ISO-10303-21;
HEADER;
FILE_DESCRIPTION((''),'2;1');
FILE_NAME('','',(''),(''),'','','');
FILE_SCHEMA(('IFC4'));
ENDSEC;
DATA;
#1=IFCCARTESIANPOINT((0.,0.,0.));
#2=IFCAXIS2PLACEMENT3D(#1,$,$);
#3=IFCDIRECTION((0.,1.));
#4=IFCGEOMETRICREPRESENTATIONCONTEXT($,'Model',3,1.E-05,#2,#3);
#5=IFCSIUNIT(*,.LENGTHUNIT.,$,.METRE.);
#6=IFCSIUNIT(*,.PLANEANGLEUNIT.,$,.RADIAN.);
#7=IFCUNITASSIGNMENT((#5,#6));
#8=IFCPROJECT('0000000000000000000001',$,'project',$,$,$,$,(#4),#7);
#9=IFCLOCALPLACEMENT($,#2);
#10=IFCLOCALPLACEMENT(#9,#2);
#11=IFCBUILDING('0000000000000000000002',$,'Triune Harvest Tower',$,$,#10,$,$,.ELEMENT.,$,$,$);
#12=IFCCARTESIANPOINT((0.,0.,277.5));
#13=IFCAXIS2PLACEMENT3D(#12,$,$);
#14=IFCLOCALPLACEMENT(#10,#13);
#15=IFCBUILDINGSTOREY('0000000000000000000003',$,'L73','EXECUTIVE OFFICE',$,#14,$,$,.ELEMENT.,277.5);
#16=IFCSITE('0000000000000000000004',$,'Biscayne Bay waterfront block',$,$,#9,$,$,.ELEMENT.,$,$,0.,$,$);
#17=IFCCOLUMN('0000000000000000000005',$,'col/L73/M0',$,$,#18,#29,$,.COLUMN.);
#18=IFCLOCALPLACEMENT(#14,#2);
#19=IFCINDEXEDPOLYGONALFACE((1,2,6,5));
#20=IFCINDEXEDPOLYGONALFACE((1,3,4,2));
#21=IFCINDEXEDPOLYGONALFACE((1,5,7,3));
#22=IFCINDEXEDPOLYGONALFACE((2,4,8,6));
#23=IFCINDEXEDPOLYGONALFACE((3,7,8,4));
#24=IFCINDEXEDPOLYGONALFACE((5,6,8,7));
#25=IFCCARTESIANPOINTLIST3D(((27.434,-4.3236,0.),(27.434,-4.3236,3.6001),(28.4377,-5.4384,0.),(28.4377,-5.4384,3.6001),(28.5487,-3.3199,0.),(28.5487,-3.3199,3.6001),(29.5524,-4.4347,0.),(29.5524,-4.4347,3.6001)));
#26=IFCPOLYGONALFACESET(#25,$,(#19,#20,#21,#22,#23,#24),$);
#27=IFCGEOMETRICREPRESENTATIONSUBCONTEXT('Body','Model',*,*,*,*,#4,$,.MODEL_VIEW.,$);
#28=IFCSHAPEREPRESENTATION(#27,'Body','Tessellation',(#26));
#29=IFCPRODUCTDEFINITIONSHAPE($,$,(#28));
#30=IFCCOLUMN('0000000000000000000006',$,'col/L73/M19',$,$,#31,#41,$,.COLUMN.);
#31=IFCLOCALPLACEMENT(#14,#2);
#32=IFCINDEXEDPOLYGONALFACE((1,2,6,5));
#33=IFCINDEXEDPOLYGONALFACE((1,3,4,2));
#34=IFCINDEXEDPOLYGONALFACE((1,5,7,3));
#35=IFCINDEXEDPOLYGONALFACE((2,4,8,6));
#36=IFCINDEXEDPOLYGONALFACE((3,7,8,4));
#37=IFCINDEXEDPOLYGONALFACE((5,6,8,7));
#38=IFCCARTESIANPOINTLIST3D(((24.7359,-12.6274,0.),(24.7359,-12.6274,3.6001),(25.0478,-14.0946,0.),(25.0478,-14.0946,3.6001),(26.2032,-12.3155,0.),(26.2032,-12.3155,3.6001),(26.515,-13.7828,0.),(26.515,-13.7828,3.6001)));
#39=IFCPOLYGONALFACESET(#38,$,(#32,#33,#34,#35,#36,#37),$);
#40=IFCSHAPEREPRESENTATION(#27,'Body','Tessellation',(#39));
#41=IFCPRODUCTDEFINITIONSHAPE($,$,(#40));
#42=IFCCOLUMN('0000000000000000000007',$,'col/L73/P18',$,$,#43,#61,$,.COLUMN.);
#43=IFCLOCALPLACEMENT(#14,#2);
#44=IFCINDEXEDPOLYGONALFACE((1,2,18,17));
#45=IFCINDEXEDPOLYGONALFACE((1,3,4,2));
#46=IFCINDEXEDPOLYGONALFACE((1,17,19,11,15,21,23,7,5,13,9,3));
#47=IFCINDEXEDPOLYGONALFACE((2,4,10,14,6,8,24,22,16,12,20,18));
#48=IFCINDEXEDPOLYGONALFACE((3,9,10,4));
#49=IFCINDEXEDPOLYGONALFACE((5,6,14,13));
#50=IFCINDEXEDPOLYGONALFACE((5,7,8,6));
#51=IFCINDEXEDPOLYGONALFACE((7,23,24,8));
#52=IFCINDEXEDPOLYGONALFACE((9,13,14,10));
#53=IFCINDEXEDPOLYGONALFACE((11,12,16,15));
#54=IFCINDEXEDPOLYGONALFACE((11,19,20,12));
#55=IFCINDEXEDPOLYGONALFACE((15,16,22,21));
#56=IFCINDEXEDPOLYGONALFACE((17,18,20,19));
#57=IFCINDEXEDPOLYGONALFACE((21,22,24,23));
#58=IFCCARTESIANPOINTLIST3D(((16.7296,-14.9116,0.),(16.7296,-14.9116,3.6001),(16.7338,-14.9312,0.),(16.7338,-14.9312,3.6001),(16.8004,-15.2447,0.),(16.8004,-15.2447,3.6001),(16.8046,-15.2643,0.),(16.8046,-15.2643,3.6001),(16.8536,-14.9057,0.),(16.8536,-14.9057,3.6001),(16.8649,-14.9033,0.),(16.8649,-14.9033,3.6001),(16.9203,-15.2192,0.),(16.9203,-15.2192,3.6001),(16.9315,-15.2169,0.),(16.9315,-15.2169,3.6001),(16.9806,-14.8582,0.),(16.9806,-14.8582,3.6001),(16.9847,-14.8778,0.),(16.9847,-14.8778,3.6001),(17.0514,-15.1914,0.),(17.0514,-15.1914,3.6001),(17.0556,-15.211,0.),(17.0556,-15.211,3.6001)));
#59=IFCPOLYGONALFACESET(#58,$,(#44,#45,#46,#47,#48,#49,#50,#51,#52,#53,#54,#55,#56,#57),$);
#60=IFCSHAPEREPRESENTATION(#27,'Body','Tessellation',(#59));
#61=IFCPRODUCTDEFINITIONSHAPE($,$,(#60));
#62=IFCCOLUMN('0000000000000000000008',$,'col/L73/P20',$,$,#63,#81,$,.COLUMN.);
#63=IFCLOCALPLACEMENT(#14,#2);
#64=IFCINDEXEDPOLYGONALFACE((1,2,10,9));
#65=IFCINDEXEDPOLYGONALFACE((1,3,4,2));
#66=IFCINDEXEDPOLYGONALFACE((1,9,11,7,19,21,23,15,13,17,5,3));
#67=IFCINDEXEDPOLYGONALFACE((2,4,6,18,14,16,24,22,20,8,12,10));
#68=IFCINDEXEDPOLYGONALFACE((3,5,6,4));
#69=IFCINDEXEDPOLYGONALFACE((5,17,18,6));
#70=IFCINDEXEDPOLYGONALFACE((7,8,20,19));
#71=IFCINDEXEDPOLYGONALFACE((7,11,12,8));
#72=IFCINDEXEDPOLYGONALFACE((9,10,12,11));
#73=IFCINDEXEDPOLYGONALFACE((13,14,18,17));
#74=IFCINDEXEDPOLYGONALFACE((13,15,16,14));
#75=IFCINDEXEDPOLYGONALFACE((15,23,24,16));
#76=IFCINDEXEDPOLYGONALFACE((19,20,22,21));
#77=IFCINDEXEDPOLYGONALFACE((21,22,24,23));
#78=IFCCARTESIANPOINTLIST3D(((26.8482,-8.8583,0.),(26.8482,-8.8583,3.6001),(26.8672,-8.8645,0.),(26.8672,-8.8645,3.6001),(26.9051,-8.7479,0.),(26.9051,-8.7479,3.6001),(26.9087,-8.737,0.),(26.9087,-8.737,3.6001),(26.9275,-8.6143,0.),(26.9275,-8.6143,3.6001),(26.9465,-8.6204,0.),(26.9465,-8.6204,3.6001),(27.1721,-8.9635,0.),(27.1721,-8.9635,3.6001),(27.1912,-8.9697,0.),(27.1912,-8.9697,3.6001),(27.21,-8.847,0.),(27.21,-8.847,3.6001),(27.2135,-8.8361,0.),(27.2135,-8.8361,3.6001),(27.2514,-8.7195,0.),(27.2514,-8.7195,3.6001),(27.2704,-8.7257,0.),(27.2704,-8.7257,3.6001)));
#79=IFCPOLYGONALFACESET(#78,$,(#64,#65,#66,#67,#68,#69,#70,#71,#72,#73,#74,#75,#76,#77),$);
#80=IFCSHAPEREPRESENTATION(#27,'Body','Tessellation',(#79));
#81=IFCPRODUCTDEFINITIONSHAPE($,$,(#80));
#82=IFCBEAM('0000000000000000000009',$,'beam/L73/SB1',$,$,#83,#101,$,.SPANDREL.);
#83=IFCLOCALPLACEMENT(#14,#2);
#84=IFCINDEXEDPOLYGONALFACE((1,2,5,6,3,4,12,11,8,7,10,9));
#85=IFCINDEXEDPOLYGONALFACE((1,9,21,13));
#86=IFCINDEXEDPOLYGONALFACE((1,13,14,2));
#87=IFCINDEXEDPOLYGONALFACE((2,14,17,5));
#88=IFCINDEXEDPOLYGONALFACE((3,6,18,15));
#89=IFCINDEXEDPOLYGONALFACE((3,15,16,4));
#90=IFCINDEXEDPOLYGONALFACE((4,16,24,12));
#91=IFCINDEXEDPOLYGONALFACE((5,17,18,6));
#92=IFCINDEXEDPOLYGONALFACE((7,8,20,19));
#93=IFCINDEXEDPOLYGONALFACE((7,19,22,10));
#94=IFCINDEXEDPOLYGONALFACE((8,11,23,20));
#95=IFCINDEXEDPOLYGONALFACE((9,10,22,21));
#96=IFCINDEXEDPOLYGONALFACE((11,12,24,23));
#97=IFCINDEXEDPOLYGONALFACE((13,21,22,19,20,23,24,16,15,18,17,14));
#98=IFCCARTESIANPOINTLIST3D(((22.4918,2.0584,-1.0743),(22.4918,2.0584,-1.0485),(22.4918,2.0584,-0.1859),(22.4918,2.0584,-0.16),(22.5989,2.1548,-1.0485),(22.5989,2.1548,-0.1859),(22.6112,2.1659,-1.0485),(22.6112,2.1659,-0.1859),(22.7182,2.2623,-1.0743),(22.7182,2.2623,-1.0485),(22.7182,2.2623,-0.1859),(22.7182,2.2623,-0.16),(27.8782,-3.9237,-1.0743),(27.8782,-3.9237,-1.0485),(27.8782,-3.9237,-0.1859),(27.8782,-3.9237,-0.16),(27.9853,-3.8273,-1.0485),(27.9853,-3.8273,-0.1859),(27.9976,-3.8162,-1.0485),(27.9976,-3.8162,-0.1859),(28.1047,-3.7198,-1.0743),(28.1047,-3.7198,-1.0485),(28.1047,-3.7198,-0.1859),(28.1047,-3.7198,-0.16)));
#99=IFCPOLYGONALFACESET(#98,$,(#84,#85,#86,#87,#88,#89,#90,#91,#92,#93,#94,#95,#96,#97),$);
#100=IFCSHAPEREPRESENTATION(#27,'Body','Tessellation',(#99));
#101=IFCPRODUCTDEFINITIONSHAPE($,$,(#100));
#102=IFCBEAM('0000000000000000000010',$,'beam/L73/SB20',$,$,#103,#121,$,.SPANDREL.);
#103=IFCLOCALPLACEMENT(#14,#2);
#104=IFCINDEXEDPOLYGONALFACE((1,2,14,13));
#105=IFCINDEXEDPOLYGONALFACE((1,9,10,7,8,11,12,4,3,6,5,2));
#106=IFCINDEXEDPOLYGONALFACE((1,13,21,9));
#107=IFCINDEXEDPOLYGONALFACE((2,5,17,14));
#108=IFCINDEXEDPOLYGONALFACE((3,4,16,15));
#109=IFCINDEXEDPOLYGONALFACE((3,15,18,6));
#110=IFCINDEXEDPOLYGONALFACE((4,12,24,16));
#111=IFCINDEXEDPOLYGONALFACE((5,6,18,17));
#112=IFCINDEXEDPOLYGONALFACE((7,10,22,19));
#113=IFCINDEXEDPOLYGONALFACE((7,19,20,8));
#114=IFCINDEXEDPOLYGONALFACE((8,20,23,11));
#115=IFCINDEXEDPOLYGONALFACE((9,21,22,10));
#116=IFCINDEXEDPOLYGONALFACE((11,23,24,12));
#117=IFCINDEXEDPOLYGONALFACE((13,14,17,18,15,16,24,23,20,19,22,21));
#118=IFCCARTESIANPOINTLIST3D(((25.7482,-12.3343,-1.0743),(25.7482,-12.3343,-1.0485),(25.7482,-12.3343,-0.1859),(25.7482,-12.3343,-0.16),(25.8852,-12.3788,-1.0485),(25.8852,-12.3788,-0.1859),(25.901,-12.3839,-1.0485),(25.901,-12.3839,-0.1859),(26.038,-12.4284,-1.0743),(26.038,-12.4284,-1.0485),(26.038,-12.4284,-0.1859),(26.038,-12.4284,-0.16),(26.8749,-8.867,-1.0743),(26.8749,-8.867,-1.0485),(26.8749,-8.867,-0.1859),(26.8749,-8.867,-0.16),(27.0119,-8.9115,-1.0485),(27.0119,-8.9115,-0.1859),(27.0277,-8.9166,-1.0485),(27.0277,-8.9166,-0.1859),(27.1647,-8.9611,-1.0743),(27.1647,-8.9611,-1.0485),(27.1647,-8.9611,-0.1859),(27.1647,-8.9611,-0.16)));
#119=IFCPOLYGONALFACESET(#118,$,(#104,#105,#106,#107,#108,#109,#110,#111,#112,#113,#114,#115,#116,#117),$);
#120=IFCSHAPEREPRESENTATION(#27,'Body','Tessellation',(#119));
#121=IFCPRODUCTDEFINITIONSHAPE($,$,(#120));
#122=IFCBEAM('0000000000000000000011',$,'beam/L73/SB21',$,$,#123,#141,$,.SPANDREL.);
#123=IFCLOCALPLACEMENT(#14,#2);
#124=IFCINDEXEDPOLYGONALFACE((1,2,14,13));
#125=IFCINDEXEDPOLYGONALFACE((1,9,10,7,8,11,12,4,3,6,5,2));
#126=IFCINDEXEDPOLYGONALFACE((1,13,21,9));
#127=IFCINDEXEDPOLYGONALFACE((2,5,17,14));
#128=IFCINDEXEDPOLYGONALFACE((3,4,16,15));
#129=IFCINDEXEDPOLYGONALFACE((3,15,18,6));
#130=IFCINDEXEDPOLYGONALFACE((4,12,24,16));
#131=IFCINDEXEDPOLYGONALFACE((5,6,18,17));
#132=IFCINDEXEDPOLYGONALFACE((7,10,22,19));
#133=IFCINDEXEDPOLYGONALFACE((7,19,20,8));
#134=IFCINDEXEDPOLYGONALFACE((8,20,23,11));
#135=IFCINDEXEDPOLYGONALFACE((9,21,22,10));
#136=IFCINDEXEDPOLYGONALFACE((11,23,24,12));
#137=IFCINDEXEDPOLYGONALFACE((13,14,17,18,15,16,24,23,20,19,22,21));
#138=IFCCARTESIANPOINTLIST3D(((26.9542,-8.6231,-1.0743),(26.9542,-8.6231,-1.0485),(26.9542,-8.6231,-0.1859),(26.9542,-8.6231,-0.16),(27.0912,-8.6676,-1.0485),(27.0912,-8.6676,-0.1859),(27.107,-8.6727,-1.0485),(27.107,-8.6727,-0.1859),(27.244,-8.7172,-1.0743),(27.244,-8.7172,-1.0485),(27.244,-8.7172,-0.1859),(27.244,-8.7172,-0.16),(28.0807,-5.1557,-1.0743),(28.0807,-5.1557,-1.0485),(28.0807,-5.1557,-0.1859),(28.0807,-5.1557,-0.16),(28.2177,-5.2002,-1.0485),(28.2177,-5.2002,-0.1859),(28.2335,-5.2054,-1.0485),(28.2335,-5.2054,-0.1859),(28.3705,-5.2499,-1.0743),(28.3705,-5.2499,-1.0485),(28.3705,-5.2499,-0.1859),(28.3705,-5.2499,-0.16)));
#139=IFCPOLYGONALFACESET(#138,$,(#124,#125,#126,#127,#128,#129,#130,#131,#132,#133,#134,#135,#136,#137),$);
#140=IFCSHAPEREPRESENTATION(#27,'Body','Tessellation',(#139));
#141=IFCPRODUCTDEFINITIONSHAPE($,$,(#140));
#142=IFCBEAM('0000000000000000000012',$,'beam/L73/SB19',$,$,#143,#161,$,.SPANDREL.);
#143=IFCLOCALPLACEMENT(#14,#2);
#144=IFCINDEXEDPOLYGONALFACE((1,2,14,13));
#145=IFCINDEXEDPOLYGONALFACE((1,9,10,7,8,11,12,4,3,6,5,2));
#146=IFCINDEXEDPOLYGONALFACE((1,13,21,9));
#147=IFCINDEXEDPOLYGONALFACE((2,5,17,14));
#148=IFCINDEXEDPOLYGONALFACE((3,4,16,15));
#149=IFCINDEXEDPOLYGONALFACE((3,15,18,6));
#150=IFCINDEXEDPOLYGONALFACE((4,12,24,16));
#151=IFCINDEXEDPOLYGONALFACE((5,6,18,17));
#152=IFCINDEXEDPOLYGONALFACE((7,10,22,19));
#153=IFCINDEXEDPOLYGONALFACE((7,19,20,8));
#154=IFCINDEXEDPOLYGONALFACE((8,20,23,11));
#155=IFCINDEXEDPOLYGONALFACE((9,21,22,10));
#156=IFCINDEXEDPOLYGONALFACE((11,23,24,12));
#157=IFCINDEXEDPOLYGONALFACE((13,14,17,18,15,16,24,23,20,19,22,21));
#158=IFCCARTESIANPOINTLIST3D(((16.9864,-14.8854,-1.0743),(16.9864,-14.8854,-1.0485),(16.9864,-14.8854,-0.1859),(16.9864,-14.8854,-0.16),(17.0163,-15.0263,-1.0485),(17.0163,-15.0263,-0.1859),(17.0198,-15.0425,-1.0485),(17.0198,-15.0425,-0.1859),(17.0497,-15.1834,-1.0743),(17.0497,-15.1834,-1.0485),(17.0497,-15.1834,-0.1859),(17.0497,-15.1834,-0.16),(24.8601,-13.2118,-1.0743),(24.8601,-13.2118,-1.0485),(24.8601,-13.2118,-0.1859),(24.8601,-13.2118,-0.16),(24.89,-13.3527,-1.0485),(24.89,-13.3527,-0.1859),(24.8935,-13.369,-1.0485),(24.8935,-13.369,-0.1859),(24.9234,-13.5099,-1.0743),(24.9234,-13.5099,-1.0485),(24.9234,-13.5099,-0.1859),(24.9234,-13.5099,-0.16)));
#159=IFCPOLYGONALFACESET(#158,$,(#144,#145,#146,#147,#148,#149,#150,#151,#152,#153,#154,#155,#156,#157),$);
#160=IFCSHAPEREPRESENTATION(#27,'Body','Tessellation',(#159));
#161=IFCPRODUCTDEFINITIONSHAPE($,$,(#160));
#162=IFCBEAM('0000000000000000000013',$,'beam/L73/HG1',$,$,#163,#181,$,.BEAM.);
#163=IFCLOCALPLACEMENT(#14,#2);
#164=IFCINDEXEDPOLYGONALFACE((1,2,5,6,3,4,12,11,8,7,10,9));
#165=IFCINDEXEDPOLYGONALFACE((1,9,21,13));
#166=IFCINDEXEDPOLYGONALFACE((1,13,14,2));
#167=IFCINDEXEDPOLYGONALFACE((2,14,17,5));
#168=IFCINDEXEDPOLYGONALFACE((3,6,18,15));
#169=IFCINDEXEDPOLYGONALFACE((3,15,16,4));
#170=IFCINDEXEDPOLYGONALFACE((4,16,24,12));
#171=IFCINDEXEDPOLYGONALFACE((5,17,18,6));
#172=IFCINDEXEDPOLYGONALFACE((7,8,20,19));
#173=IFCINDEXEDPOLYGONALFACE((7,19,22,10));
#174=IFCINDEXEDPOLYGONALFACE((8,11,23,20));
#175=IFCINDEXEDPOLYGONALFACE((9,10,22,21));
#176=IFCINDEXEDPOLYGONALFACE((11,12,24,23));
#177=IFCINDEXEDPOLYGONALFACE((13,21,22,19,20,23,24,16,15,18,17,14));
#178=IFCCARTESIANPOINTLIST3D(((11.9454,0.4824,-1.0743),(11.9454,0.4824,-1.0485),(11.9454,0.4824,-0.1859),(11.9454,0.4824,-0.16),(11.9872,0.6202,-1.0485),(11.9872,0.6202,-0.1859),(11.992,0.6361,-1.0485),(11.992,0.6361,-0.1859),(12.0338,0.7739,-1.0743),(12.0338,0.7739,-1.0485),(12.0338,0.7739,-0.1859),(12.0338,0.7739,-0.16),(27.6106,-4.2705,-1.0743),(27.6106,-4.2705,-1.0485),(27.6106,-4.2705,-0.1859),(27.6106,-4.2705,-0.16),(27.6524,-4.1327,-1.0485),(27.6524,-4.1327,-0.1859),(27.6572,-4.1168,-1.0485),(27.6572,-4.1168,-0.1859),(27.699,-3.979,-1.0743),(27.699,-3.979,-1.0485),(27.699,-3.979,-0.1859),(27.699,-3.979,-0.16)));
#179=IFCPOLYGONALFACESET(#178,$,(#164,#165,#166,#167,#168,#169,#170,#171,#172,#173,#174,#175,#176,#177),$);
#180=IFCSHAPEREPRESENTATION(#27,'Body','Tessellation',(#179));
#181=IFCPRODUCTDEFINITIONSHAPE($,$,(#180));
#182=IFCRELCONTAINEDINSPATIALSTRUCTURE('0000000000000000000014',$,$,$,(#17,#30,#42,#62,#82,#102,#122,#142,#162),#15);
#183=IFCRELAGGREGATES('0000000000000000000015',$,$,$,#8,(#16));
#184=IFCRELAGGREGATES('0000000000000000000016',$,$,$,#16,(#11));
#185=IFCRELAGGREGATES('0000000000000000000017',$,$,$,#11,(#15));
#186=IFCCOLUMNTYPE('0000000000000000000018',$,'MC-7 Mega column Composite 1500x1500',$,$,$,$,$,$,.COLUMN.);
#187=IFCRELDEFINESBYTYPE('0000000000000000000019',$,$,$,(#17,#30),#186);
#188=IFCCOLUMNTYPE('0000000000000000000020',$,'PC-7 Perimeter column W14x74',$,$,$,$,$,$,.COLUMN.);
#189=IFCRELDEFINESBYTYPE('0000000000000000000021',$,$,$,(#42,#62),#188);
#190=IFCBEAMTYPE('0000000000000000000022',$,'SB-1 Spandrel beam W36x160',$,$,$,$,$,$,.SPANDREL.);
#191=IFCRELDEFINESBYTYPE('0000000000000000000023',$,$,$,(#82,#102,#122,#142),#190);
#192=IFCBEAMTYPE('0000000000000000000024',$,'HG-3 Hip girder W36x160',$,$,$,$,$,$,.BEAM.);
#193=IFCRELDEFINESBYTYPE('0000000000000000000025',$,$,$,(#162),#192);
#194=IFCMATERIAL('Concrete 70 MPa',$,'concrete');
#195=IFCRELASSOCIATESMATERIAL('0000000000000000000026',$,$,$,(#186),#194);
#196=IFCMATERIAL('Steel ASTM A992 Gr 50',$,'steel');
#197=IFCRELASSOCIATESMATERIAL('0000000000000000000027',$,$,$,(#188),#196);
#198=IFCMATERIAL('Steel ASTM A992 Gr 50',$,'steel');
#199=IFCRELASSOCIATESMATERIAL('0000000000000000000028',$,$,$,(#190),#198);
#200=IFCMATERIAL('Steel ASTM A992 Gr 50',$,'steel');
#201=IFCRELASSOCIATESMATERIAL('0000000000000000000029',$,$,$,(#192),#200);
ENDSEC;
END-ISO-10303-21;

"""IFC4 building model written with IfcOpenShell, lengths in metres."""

from ifc_helpers import new_model, si_unit, direction, frame, origin, origin_2d, place, context, subcontext, project, spatial, rectangle, i_section, extrude, source, transform, mapped, material, material_profile, profile_set, type_object, element, save


model = new_model("IFC4")

# Units and contexts
model_context = context("Model", 3, precision=1e-05, world=origin(), true_north=direction((0.0, 1.0)))
body_context = subcontext(model_context, "Body", "Model", "MODEL_VIEW")
ifc_project = project(units=[si_unit("LENGTHUNIT", "METRE"), si_unit("PLANEANGLEUNIT", "RADIAN")], contexts=[model_context])

# Site, building, storey
site_placement = place(None, origin())
site = spatial("IfcSite", under=ifc_project, at=site_placement, Name="Biscayne Bay waterfront block", CompositionType="ELEMENT", RefElevation=0.0)
building_placement = place(site_placement, origin())
building = spatial("IfcBuilding", under=site, at=building_placement, Name="Triune Harvest Tower", CompositionType="ELEMENT")
storey_placement = place(building_placement, frame((0.0, 0.0, 277.5)))
storey = spatial("IfcBuildingStorey", under=building, at=storey_placement, Name="L73", Description="EXECUTIVE OFFICE", CompositionType="ELEMENT", Elevation=277.5)

# Columns
ifc_material_1 = material(Name="Concrete 70 MPa", Category="concrete")
ifc_material_profile_1 = material_profile(ifc_material_1, rectangle(XDim=1.5, YDim=1.5, at=origin_2d()), Name="Composite 1500x1500")
ifc_profile_set_1 = profile_set([ifc_material_profile_1], Name="Concrete 70 MPa")
column_type_1 = type_object("IfcColumnType", Name="MC-7 Mega column Composite 1500x1500", PredefinedType="COLUMN", material=ifc_profile_set_1)
shared_shape_1 = source(origin(), body_context, "Body", "SweptSolid", [
    extrude(rectangle(XDim=1.5, YDim=1.5, at=origin_2d()), origin(), (0.0, 0.0, 1.0), 3.6001),
])
for number, where, z_axis, x_axis, name in (
    (1, (28.4932, -4.3792, 0.0), (0.0, 0.0, 1.0), (-0.669131, 0.743145, 0.0), "col/L73/M0"),
    (2, (25.6255, -13.2051, 0.0), (0.0, 0.0, 1.0), (0.978147, 0.207913, 0.0), "col/L73/M19"),
):
    element("IfcColumn", number, at=place(storey_placement, frame(where, z_axis=z_axis, x_axis=x_axis)), inside=storey, type_object=column_type_1, Name=name, PredefinedType="COLUMN", context=body_context, shape_type="MappedRepresentation", body=[
        mapped(shared_shape_1, transform((0.0, 0.0, 0.0), scale=1.0)),
    ])
ifc_material_2 = material(Name="Steel ASTM A992 Gr 50", Category="steel")
ifc_material_profile_2 = material_profile(ifc_material_2, i_section(OverallWidth=0.2566, OverallDepth=0.3606, WebThickness=0.0115, FlangeThickness=0.02, at=origin_2d()), Name="W14x74")
ifc_profile_set_2 = profile_set([ifc_material_profile_2], Name="Steel ASTM A992 Gr 50")
column_type_2 = type_object("IfcColumnType", Name="PC-7 Perimeter column W14x74", PredefinedType="COLUMN", material=ifc_profile_set_2)
shared_shape_2 = source(origin(), body_context, "Body", "SweptSolid", [
    extrude(i_section(OverallWidth=0.2566, OverallDepth=0.3606, WebThickness=0.0115, FlangeThickness=0.02, at=origin_2d()), origin(), (0.0, 0.0, 1.0), 3.6001),
])
for number, where, z_axis, x_axis, name in (
    (3, (16.8926, -15.0613, 0.0), (0.0, 0.0, 1.0), (0.978147, 0.207913, 0.0), "col/L73/P18"),
    (4, (27.0593, -8.792, 0.0), (0.0, 0.0, 1.0), (0.309017, 0.951057, 0.0), "col/L73/P20"),
):
    element("IfcColumn", number, at=place(storey_placement, frame(where, z_axis=z_axis, x_axis=x_axis)), inside=storey, type_object=column_type_2, Name=name, PredefinedType="COLUMN", context=body_context, shape_type="MappedRepresentation", body=[
        mapped(shared_shape_2, transform((0.0, 0.0, 0.0), scale=1.0)),
    ])

# Beams
ifc_material_3 = material(Name="Steel ASTM A992 Gr 50", Category="steel")
ifc_material_profile_3 = material_profile(ifc_material_3, i_section(OverallWidth=0.3047, OverallDepth=0.9143, WebThickness=0.0166, FlangeThickness=0.0259, at=origin_2d()), Name="W36x160")
ifc_profile_set_3 = profile_set([ifc_material_profile_3], Name="Steel ASTM A992 Gr 50")
beam_type_1 = type_object("IfcBeamType", Name="SB-1 Spandrel beam W36x160", PredefinedType="SPANDREL", material=ifc_profile_set_3)
shared_shape_3 = source(origin(), body_context, "Body", "SweptSolid", [
    extrude(i_section(OverallWidth=0.3047, OverallDepth=0.9143, WebThickness=0.0166, FlangeThickness=0.0259, at=origin_2d()), origin(), (0.0, 0.0, 1.0), 8.0498),
])
beam_1_placement = place(storey_placement, frame((27.9915, -3.8218, -0.6172), z_axis=(-0.669137, 0.743139, 0.0), x_axis=(-0.743139, -0.669137, 0.0)))
element("IfcBeam", 5, at=beam_1_placement, inside=storey, type_object=beam_type_1, Name="beam/L73/SB1", PredefinedType="SPANDREL", context=body_context, shape_type="MappedRepresentation", body=[
    mapped(shared_shape_3, transform((0.0, 0.0, 0.0), scale=1.0)),
])
shared_shape_4 = source(origin(), body_context, "Body", "SweptSolid", [
    extrude(i_section(OverallWidth=0.3047, OverallDepth=0.9143, WebThickness=0.0166, FlangeThickness=0.0259, at=origin_2d()), origin(), (0.0, 0.0, 1.0), 3.6458),
])
for number, where, z_axis, x_axis, name in (
    (6, (25.8931, -12.3813, -0.6172), (0.309047, 0.951047, 0.0), (-0.951047, 0.309047, 0.0), "beam/L73/SB20"),
    (7, (27.0991, -8.6702, -0.6172), (0.308986, 0.951067, 0.0), (-0.951067, 0.308986, 0.0), "beam/L73/SB21"),
):
    element("IfcBeam", number, at=place(storey_placement, frame(where, z_axis=z_axis, x_axis=x_axis)), inside=storey, type_object=beam_type_1, Name=name, PredefinedType="SPANDREL", context=body_context, shape_type="MappedRepresentation", body=[
        mapped(shared_shape_4, transform((0.0, 0.0, 0.0), scale=1.0)),
    ])
shared_shape_5 = source(origin(), body_context, "Body", "SweptSolid", [
    extrude(i_section(OverallWidth=0.3047, OverallDepth=0.9143, WebThickness=0.0166, FlangeThickness=0.0259, at=origin_2d()), origin(), (0.0, 0.0, 1.0), 8.0496),
])
beam_2_placement = place(storey_placement, frame((17.0181, -15.0344, -0.6172), z_axis=(0.978149, 0.207907, 0.0), x_axis=(-0.207907, 0.978149, 0.0)))
element("IfcBeam", 8, at=beam_2_placement, inside=storey, type_object=beam_type_1, Name="beam/L73/SB19", PredefinedType="SPANDREL", context=body_context, shape_type="MappedRepresentation", body=[
    mapped(shared_shape_5, transform((0.0, 0.0, 0.0), scale=1.0)),
])
ifc_material_4 = material(Name="Steel ASTM A992 Gr 50", Category="steel")
ifc_material_profile_4 = material_profile(ifc_material_4, i_section(OverallWidth=0.3047, OverallDepth=0.9143, WebThickness=0.0166, FlangeThickness=0.0259, at=origin_2d()), Name="W36x160")
ifc_profile_set_4 = profile_set([ifc_material_profile_4], Name="Steel ASTM A992 Gr 50")
beam_type_2 = type_object("IfcBeamType", Name="HG-3 Hip girder W36x160", PredefinedType="BEAM", material=ifc_profile_set_4)
shared_shape_6 = source(origin(), body_context, "Body", "SweptSolid", [
    extrude(i_section(OverallWidth=0.3047, OverallDepth=0.9143, WebThickness=0.0166, FlangeThickness=0.0259, at=origin_2d()), origin(), (0.0, 0.0, 1.0), 16.3704),
])
beam_3_placement = place(storey_placement, frame((27.6548, -4.1248, -0.6172), z_axis=(-0.956925, 0.290336, 0.0), x_axis=(-0.290336, -0.956925, 0.0)))
element("IfcBeam", 9, at=beam_3_placement, inside=storey, type_object=beam_type_2, Name="beam/L73/HG1", PredefinedType="BEAM", context=body_context, shape_type="MappedRepresentation", body=[
    mapped(shared_shape_6, transform((0.0, 0.0, 0.0), scale=1.0)),
])

save(model, "model.ifc")
